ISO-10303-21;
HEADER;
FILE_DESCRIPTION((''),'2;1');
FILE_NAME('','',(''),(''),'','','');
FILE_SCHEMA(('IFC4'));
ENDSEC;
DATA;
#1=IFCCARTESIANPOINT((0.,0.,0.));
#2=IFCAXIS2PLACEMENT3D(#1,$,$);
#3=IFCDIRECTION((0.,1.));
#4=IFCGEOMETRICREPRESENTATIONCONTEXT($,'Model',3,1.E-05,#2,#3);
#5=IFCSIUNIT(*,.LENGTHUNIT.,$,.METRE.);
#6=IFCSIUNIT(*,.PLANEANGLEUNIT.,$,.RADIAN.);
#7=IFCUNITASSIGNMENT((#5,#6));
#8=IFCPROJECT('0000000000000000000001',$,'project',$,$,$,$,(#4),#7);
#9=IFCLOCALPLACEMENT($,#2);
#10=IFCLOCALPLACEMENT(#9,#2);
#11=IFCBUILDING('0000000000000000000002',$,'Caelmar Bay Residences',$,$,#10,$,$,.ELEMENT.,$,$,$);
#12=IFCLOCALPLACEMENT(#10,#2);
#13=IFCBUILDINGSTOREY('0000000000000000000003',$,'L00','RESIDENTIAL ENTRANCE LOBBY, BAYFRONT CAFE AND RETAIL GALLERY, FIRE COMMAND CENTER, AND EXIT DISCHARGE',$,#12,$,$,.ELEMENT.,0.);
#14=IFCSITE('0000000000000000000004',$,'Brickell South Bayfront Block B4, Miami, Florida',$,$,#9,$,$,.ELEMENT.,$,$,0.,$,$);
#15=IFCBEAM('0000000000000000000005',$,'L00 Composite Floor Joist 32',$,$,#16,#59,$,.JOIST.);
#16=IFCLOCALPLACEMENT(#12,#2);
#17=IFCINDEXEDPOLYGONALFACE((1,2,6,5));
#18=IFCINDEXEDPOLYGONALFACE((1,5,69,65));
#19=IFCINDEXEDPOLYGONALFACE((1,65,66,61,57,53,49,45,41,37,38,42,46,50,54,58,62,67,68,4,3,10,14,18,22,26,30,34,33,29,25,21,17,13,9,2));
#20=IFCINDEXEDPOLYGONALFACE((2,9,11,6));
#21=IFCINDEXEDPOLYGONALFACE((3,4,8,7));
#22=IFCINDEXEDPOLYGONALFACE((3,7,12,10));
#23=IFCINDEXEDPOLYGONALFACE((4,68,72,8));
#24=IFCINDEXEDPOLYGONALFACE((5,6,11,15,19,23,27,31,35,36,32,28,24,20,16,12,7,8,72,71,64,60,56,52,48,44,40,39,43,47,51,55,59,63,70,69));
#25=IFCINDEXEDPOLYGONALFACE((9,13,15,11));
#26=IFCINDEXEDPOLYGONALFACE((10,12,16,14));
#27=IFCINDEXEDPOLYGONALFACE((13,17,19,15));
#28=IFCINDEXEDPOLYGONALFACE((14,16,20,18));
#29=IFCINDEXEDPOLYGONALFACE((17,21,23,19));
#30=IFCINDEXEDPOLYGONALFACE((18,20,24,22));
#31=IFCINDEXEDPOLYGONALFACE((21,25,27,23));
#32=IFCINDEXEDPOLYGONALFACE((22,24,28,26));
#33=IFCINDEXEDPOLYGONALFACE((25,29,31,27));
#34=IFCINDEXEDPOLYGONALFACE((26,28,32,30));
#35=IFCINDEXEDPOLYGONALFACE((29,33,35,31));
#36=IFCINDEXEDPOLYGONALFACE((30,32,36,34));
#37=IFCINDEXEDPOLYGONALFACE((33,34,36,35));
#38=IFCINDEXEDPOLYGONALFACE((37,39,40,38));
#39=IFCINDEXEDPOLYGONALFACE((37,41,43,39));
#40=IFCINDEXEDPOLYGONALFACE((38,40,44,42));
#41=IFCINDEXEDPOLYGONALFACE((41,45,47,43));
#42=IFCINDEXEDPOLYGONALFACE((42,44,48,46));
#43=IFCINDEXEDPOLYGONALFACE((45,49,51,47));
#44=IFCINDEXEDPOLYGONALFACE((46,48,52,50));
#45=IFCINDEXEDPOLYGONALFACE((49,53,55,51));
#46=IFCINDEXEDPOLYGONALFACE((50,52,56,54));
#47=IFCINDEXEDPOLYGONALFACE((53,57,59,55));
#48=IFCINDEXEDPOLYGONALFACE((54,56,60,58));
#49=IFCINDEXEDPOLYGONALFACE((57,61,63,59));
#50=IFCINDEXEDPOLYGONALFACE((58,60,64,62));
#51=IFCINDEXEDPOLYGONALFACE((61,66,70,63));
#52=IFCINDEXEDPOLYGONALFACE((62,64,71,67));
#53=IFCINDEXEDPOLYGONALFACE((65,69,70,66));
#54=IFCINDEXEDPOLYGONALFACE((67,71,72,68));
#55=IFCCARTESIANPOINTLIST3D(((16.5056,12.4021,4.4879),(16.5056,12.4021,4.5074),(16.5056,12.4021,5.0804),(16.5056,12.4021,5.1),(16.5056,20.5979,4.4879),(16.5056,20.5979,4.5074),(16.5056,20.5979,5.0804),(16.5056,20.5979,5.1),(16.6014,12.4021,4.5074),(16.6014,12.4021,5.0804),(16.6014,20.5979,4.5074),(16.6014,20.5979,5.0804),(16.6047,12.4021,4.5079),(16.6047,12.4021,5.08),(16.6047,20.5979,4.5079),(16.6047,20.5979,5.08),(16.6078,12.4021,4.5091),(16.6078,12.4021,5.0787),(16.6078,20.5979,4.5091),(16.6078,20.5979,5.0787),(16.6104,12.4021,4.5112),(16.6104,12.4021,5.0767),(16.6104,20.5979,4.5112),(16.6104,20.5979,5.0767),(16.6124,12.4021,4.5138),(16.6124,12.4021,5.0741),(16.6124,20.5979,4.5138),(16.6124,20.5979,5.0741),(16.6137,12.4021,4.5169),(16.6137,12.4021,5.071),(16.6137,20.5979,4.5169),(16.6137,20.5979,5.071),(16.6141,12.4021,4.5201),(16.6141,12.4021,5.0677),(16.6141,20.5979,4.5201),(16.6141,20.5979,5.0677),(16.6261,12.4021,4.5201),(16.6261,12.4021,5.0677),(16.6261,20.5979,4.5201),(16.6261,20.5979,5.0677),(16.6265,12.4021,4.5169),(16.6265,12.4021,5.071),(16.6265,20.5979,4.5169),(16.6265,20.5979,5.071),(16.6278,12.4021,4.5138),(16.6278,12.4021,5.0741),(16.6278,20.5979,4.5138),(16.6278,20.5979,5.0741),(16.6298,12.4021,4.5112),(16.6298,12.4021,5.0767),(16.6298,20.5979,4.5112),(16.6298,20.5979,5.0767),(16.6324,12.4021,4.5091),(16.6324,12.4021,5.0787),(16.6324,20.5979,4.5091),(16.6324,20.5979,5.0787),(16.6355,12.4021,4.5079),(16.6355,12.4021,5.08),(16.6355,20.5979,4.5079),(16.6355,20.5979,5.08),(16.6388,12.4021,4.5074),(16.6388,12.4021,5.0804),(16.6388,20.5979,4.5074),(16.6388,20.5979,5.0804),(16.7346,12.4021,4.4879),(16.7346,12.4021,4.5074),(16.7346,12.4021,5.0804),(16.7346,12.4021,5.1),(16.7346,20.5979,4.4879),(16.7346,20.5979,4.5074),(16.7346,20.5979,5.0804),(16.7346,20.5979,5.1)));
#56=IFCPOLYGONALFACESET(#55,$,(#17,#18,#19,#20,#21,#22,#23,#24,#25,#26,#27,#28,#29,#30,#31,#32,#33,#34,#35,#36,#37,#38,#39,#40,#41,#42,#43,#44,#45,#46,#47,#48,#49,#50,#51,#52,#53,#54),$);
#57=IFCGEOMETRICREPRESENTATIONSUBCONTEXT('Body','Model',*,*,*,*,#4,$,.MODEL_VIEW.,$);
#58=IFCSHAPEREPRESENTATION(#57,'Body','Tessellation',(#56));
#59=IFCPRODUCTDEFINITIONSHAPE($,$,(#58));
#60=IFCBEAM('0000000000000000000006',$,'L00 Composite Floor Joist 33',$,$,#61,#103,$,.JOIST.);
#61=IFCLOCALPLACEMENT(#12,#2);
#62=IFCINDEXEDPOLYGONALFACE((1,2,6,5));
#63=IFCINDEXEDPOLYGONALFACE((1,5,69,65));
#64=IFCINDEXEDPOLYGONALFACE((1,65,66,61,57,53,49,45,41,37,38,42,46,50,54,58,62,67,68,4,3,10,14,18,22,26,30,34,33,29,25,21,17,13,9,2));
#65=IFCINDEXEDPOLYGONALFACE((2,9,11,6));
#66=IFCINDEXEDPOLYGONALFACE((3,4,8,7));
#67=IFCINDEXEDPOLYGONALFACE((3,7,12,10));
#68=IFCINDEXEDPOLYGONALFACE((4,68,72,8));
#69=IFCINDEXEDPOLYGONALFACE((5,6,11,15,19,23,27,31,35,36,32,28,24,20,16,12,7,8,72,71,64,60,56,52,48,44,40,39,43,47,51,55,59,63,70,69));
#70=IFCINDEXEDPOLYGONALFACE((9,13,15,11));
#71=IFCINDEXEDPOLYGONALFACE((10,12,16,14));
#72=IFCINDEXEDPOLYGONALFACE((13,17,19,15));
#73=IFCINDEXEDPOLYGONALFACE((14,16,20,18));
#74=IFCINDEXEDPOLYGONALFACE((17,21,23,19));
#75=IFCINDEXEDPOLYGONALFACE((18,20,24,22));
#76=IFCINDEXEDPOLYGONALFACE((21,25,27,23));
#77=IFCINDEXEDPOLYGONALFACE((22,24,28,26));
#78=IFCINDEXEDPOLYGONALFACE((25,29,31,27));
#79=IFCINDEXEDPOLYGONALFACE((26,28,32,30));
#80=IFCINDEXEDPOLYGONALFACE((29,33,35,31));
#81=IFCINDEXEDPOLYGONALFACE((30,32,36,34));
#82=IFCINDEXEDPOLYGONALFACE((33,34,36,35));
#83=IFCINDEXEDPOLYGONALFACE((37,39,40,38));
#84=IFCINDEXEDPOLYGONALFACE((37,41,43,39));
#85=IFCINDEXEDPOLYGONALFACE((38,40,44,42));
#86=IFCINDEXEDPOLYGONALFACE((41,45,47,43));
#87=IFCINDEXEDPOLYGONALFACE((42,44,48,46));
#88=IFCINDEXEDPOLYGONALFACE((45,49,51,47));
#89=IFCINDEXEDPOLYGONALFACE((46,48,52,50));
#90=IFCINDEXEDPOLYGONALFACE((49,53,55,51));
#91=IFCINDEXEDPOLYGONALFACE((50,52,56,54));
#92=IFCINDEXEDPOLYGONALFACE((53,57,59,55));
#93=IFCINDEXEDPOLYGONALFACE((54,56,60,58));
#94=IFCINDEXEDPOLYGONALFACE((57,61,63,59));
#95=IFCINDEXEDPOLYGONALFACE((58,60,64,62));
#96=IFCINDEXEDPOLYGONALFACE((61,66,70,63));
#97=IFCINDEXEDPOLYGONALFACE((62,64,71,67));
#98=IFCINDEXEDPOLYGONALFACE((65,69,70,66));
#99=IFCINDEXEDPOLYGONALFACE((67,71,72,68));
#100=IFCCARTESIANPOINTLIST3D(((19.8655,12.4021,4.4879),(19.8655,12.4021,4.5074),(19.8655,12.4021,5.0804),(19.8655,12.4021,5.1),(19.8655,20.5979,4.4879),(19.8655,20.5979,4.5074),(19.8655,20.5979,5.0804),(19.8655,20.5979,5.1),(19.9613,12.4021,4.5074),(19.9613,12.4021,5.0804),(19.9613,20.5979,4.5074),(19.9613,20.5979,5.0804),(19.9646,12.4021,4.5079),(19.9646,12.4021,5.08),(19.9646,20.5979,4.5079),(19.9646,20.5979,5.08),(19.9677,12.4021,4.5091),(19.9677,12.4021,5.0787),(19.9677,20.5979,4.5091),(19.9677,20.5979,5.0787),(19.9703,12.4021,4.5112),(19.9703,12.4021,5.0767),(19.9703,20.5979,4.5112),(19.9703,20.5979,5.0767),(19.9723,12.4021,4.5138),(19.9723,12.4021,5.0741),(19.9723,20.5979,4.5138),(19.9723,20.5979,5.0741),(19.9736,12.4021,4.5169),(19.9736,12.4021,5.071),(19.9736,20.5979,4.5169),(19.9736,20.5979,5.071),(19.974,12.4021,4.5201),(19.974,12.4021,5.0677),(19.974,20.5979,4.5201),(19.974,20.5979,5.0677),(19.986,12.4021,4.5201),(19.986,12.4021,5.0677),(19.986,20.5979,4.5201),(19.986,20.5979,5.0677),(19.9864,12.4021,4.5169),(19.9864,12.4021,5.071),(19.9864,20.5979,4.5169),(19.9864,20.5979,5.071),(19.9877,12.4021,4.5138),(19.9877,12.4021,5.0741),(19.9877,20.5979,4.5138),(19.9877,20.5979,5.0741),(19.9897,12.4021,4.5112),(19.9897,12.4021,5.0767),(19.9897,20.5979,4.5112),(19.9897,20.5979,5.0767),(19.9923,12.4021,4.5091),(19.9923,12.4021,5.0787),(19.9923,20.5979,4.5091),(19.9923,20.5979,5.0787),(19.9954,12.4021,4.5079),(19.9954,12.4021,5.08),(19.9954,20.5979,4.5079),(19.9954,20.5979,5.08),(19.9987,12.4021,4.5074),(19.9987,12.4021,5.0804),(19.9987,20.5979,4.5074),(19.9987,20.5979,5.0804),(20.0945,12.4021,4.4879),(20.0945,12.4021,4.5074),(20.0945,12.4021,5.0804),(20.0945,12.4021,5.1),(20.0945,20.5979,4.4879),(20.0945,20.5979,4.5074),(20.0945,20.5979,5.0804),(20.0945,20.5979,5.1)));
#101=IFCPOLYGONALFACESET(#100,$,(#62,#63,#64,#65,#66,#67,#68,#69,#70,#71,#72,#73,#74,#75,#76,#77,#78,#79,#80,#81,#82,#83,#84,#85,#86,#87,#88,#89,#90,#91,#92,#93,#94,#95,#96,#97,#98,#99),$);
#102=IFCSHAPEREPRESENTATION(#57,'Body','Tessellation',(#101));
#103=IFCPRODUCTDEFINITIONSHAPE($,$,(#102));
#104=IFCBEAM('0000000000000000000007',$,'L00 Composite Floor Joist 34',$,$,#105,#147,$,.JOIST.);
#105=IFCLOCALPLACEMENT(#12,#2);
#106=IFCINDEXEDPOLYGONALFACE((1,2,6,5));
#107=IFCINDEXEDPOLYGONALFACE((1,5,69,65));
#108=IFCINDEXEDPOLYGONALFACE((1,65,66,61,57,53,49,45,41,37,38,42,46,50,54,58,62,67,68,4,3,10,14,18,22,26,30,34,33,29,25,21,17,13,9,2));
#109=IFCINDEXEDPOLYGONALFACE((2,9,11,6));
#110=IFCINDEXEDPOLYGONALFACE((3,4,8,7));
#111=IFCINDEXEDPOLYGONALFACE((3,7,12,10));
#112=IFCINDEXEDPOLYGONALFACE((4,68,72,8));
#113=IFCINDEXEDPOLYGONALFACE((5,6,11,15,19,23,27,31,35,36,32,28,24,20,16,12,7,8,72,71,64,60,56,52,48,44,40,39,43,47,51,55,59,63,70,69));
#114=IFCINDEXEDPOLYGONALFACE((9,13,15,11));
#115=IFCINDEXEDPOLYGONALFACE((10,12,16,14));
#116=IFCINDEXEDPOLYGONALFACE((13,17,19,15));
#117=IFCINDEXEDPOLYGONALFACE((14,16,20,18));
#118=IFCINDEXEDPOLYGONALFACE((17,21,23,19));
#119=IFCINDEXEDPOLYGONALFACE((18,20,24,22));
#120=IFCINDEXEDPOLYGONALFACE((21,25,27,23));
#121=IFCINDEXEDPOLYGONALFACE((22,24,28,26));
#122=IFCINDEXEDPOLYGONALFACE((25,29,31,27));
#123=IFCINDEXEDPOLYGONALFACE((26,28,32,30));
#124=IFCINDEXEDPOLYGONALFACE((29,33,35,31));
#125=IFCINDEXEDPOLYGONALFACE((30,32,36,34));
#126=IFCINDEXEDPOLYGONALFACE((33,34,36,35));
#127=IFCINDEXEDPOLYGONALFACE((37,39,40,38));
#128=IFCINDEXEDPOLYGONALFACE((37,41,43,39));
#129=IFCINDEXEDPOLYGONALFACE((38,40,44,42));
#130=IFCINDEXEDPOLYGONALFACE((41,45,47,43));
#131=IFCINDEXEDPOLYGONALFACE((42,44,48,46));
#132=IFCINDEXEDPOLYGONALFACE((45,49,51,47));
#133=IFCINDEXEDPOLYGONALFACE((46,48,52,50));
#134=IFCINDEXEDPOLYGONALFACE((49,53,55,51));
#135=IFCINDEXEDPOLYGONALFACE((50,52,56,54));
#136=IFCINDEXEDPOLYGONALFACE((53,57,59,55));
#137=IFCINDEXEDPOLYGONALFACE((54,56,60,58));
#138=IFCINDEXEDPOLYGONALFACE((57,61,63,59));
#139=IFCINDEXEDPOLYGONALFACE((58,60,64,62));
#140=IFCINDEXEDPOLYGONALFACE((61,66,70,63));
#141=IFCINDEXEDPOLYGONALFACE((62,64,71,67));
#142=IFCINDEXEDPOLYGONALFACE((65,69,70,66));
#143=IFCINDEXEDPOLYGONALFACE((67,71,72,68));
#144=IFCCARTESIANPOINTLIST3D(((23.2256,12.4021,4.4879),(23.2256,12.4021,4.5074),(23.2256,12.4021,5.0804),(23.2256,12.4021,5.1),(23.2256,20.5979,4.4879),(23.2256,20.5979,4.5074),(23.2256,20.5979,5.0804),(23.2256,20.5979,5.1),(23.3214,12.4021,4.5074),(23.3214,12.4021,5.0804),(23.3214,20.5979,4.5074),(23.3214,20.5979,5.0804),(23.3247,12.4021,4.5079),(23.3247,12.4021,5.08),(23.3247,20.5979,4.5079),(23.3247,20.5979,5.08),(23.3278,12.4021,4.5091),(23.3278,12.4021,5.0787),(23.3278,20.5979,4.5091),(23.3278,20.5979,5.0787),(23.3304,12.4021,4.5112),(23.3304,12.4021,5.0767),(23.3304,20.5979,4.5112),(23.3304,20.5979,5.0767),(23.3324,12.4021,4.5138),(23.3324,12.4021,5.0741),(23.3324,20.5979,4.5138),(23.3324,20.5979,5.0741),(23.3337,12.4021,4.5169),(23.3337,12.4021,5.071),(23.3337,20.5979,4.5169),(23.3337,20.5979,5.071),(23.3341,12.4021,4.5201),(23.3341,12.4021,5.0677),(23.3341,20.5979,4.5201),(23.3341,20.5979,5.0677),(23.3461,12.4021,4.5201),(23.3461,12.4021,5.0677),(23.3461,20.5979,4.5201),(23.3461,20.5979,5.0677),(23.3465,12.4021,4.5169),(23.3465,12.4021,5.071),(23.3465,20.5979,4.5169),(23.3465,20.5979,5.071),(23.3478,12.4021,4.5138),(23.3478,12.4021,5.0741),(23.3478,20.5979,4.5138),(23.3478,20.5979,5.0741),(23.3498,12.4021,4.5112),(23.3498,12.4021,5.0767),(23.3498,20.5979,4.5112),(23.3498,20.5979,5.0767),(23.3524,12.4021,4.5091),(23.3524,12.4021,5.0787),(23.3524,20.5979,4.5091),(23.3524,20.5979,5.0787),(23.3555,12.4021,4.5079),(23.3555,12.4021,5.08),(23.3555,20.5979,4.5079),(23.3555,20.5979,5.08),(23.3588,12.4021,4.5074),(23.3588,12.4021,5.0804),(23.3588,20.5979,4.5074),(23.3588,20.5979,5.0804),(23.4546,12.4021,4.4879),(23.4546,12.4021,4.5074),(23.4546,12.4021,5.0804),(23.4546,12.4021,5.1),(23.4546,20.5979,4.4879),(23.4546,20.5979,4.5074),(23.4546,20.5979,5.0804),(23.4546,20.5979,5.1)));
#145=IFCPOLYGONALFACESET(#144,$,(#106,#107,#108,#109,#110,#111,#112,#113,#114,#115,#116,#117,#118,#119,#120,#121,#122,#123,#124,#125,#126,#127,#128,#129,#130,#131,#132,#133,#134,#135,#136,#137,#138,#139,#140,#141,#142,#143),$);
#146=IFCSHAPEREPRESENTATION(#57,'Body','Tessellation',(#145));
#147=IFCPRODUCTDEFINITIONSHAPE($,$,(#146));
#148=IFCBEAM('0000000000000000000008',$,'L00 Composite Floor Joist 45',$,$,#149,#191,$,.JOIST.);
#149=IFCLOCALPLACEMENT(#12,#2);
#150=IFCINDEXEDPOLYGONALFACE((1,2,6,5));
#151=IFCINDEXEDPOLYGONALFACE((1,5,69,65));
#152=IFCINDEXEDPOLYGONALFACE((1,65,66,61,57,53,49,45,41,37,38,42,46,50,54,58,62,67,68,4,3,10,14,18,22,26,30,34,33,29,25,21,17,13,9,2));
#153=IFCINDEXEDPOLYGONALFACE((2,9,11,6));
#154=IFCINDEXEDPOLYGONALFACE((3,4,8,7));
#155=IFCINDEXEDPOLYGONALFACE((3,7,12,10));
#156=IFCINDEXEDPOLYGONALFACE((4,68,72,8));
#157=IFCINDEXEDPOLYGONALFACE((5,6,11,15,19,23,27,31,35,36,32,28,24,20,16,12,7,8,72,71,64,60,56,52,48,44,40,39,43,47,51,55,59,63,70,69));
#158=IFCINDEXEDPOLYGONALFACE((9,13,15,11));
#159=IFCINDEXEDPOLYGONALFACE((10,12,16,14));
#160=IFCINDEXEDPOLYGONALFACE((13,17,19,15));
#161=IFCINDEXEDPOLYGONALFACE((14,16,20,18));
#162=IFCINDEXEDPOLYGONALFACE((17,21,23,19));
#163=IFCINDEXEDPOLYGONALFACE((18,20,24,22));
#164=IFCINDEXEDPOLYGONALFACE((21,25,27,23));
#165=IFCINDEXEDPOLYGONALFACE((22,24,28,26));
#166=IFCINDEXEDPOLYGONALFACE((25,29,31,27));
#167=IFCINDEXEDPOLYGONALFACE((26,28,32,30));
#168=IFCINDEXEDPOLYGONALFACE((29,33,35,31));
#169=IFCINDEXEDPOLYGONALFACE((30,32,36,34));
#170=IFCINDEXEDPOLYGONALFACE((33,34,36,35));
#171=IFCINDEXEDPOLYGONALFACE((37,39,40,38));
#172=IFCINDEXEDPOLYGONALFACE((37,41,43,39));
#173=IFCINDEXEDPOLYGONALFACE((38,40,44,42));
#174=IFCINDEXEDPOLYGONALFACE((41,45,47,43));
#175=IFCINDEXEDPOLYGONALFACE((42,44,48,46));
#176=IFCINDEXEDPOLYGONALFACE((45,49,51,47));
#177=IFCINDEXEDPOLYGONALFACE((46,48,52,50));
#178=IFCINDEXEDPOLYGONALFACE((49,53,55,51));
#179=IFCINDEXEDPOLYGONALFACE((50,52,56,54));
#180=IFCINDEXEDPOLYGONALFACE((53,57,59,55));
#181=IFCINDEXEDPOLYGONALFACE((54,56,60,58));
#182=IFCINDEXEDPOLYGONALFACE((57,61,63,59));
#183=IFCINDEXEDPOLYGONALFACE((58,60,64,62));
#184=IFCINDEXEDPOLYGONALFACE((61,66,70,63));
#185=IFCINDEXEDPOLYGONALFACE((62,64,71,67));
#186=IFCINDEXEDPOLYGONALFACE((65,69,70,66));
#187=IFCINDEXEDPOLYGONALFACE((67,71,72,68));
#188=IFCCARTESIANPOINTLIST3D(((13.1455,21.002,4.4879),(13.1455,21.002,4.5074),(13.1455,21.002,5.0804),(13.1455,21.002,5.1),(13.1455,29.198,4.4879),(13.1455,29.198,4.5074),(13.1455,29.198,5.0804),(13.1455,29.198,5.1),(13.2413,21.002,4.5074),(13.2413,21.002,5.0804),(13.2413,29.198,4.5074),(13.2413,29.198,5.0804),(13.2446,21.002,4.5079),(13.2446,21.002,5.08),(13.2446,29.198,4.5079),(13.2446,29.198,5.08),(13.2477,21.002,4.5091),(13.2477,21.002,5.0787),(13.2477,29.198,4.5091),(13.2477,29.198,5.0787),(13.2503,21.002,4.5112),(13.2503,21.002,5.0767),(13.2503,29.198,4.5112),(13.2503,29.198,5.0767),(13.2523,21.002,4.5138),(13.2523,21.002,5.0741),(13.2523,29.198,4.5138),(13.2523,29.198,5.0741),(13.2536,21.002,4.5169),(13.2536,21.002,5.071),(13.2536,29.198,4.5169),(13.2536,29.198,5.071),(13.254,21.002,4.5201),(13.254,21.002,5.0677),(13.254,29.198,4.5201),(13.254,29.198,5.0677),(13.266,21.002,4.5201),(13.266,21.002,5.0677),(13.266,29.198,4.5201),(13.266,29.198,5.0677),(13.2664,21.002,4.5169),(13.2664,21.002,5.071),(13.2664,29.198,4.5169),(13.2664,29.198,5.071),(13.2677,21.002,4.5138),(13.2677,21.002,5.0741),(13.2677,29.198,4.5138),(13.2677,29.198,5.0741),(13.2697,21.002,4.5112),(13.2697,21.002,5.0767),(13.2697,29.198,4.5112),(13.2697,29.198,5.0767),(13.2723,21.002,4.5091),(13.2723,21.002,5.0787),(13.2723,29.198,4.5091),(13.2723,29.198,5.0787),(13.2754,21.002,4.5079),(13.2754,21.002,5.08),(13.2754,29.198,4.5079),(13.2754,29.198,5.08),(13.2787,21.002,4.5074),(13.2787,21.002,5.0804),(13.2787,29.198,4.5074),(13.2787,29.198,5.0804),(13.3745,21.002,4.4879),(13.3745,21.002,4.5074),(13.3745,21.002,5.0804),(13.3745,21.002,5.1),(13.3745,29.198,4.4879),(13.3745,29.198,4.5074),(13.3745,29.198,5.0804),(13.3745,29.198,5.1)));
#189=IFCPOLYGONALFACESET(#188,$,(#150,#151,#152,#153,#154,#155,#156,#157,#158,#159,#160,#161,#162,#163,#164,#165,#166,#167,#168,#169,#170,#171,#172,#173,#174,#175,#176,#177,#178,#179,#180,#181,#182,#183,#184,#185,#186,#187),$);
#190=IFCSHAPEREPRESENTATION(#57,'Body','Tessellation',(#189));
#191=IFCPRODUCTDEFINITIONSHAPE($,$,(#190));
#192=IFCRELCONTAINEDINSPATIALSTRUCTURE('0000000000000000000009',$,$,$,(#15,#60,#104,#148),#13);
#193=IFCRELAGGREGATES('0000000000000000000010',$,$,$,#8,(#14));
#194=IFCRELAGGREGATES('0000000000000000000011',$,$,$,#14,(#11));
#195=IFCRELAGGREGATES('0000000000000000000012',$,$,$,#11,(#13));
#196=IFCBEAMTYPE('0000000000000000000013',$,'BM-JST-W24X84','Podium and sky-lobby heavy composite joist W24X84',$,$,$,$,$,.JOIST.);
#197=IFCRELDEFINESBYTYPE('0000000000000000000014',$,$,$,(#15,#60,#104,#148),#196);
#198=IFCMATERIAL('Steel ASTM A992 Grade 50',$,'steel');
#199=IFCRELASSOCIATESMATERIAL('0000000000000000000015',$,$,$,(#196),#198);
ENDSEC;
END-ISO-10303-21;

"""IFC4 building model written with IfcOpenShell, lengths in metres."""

from ifc_helpers import new_model, si_unit, direction, frame, origin, origin_2d, place, context, subcontext, project, spatial, i_section, extrude, material, material_profile, profile_set, type_object, element, save


model = new_model("IFC4")

# Units and contexts
model_context = context("Model", 3, precision=1e-05, world=origin(), true_north=direction((0.0, 1.0)))
body_context = subcontext(model_context, "Body", "Model", "MODEL_VIEW")
ifc_project = project(units=[si_unit("LENGTHUNIT", "METRE"), si_unit("PLANEANGLEUNIT", "RADIAN")], contexts=[model_context])

# Site, building, storey
site_placement = place(None, origin())
site = spatial("IfcSite", under=ifc_project, at=site_placement, Name="Brickell South Bayfront Block B4, Miami, Florida", CompositionType="ELEMENT", RefElevation=0.0)
building_placement = place(site_placement, origin())
building = spatial("IfcBuilding", under=site, at=building_placement, Name="Caelmar Bay Residences", CompositionType="ELEMENT")
storey_placement = place(building_placement, origin())
storey = spatial("IfcBuildingStorey", under=building, at=storey_placement, Name="L00", Description="RESIDENTIAL ENTRANCE LOBBY, BAYFRONT CAFE AND RETAIL GALLERY, FIRE COMMAND CENTER, AND EXIT DISCHARGE", CompositionType="ELEMENT", Elevation=0.0)

# Beams
ifc_material_1 = material(Name="Steel ASTM A992 Grade 50", Category="steel")
ifc_material_profile_1 = material_profile(ifc_material_1, i_section(OverallWidth=0.229, OverallDepth=0.6121, WebThickness=0.012, FlangeThickness=0.0195, FilletRadius=0.0127, at=origin_2d()), Name="W24X84")
ifc_profile_set_1 = profile_set([ifc_material_profile_1], Name="Steel ASTM A992 Grade 50")
beam_type_1 = type_object("IfcBeamType", Name="BM-JST-W24X84", Description="Podium and sky-lobby heavy composite joist W24X84", PredefinedType="JOIST", material=ifc_profile_set_1)
for number, where, z_axis, x_axis, name in (
    (1, (16.6201, 12.4021, 4.7939), (0.0, 1.0, 0.0), (-1.0, 0.0, 0.0), "L00 Composite Floor Joist 32"),
    (2, (19.98, 12.4021, 4.7939), (0.0, 1.0, 0.0), (-1.0, 0.0, 0.0), "L00 Composite Floor Joist 33"),
    (3, (23.3401, 12.4021, 4.7939), (0.0, 1.0, 0.0), (-1.0, 0.0, 0.0), "L00 Composite Floor Joist 34"),
):
    element("IfcBeam", number, at=place(storey_placement, frame(where, z_axis=z_axis, x_axis=x_axis)), inside=storey, type_object=beam_type_1, Name=name, PredefinedType="JOIST", context=body_context, shape_type="SweptSolid", body=[
        extrude(i_section(OverallWidth=0.229, OverallDepth=0.6121, WebThickness=0.012, FlangeThickness=0.0195, FilletRadius=0.0127, at=origin_2d()), origin(), (0.0, 0.0, 1.0), 8.1958),
    ])
beam_1_placement = place(storey_placement, frame((13.26, 21.002, 4.7939), z_axis=(0.0, 1.0, 0.0), x_axis=(-1.0, 0.0, 0.0)))
element("IfcBeam", 4, at=beam_1_placement, inside=storey, type_object=beam_type_1, Name="L00 Composite Floor Joist 45", PredefinedType="JOIST", context=body_context, shape_type="SweptSolid", body=[
    extrude(i_section(OverallWidth=0.229, OverallDepth=0.6121, WebThickness=0.012, FlangeThickness=0.0195, FilletRadius=0.0127, at=origin_2d()), origin(), (0.0, 0.0, 1.0), 8.196),
])

save(model, "model.ifc")
